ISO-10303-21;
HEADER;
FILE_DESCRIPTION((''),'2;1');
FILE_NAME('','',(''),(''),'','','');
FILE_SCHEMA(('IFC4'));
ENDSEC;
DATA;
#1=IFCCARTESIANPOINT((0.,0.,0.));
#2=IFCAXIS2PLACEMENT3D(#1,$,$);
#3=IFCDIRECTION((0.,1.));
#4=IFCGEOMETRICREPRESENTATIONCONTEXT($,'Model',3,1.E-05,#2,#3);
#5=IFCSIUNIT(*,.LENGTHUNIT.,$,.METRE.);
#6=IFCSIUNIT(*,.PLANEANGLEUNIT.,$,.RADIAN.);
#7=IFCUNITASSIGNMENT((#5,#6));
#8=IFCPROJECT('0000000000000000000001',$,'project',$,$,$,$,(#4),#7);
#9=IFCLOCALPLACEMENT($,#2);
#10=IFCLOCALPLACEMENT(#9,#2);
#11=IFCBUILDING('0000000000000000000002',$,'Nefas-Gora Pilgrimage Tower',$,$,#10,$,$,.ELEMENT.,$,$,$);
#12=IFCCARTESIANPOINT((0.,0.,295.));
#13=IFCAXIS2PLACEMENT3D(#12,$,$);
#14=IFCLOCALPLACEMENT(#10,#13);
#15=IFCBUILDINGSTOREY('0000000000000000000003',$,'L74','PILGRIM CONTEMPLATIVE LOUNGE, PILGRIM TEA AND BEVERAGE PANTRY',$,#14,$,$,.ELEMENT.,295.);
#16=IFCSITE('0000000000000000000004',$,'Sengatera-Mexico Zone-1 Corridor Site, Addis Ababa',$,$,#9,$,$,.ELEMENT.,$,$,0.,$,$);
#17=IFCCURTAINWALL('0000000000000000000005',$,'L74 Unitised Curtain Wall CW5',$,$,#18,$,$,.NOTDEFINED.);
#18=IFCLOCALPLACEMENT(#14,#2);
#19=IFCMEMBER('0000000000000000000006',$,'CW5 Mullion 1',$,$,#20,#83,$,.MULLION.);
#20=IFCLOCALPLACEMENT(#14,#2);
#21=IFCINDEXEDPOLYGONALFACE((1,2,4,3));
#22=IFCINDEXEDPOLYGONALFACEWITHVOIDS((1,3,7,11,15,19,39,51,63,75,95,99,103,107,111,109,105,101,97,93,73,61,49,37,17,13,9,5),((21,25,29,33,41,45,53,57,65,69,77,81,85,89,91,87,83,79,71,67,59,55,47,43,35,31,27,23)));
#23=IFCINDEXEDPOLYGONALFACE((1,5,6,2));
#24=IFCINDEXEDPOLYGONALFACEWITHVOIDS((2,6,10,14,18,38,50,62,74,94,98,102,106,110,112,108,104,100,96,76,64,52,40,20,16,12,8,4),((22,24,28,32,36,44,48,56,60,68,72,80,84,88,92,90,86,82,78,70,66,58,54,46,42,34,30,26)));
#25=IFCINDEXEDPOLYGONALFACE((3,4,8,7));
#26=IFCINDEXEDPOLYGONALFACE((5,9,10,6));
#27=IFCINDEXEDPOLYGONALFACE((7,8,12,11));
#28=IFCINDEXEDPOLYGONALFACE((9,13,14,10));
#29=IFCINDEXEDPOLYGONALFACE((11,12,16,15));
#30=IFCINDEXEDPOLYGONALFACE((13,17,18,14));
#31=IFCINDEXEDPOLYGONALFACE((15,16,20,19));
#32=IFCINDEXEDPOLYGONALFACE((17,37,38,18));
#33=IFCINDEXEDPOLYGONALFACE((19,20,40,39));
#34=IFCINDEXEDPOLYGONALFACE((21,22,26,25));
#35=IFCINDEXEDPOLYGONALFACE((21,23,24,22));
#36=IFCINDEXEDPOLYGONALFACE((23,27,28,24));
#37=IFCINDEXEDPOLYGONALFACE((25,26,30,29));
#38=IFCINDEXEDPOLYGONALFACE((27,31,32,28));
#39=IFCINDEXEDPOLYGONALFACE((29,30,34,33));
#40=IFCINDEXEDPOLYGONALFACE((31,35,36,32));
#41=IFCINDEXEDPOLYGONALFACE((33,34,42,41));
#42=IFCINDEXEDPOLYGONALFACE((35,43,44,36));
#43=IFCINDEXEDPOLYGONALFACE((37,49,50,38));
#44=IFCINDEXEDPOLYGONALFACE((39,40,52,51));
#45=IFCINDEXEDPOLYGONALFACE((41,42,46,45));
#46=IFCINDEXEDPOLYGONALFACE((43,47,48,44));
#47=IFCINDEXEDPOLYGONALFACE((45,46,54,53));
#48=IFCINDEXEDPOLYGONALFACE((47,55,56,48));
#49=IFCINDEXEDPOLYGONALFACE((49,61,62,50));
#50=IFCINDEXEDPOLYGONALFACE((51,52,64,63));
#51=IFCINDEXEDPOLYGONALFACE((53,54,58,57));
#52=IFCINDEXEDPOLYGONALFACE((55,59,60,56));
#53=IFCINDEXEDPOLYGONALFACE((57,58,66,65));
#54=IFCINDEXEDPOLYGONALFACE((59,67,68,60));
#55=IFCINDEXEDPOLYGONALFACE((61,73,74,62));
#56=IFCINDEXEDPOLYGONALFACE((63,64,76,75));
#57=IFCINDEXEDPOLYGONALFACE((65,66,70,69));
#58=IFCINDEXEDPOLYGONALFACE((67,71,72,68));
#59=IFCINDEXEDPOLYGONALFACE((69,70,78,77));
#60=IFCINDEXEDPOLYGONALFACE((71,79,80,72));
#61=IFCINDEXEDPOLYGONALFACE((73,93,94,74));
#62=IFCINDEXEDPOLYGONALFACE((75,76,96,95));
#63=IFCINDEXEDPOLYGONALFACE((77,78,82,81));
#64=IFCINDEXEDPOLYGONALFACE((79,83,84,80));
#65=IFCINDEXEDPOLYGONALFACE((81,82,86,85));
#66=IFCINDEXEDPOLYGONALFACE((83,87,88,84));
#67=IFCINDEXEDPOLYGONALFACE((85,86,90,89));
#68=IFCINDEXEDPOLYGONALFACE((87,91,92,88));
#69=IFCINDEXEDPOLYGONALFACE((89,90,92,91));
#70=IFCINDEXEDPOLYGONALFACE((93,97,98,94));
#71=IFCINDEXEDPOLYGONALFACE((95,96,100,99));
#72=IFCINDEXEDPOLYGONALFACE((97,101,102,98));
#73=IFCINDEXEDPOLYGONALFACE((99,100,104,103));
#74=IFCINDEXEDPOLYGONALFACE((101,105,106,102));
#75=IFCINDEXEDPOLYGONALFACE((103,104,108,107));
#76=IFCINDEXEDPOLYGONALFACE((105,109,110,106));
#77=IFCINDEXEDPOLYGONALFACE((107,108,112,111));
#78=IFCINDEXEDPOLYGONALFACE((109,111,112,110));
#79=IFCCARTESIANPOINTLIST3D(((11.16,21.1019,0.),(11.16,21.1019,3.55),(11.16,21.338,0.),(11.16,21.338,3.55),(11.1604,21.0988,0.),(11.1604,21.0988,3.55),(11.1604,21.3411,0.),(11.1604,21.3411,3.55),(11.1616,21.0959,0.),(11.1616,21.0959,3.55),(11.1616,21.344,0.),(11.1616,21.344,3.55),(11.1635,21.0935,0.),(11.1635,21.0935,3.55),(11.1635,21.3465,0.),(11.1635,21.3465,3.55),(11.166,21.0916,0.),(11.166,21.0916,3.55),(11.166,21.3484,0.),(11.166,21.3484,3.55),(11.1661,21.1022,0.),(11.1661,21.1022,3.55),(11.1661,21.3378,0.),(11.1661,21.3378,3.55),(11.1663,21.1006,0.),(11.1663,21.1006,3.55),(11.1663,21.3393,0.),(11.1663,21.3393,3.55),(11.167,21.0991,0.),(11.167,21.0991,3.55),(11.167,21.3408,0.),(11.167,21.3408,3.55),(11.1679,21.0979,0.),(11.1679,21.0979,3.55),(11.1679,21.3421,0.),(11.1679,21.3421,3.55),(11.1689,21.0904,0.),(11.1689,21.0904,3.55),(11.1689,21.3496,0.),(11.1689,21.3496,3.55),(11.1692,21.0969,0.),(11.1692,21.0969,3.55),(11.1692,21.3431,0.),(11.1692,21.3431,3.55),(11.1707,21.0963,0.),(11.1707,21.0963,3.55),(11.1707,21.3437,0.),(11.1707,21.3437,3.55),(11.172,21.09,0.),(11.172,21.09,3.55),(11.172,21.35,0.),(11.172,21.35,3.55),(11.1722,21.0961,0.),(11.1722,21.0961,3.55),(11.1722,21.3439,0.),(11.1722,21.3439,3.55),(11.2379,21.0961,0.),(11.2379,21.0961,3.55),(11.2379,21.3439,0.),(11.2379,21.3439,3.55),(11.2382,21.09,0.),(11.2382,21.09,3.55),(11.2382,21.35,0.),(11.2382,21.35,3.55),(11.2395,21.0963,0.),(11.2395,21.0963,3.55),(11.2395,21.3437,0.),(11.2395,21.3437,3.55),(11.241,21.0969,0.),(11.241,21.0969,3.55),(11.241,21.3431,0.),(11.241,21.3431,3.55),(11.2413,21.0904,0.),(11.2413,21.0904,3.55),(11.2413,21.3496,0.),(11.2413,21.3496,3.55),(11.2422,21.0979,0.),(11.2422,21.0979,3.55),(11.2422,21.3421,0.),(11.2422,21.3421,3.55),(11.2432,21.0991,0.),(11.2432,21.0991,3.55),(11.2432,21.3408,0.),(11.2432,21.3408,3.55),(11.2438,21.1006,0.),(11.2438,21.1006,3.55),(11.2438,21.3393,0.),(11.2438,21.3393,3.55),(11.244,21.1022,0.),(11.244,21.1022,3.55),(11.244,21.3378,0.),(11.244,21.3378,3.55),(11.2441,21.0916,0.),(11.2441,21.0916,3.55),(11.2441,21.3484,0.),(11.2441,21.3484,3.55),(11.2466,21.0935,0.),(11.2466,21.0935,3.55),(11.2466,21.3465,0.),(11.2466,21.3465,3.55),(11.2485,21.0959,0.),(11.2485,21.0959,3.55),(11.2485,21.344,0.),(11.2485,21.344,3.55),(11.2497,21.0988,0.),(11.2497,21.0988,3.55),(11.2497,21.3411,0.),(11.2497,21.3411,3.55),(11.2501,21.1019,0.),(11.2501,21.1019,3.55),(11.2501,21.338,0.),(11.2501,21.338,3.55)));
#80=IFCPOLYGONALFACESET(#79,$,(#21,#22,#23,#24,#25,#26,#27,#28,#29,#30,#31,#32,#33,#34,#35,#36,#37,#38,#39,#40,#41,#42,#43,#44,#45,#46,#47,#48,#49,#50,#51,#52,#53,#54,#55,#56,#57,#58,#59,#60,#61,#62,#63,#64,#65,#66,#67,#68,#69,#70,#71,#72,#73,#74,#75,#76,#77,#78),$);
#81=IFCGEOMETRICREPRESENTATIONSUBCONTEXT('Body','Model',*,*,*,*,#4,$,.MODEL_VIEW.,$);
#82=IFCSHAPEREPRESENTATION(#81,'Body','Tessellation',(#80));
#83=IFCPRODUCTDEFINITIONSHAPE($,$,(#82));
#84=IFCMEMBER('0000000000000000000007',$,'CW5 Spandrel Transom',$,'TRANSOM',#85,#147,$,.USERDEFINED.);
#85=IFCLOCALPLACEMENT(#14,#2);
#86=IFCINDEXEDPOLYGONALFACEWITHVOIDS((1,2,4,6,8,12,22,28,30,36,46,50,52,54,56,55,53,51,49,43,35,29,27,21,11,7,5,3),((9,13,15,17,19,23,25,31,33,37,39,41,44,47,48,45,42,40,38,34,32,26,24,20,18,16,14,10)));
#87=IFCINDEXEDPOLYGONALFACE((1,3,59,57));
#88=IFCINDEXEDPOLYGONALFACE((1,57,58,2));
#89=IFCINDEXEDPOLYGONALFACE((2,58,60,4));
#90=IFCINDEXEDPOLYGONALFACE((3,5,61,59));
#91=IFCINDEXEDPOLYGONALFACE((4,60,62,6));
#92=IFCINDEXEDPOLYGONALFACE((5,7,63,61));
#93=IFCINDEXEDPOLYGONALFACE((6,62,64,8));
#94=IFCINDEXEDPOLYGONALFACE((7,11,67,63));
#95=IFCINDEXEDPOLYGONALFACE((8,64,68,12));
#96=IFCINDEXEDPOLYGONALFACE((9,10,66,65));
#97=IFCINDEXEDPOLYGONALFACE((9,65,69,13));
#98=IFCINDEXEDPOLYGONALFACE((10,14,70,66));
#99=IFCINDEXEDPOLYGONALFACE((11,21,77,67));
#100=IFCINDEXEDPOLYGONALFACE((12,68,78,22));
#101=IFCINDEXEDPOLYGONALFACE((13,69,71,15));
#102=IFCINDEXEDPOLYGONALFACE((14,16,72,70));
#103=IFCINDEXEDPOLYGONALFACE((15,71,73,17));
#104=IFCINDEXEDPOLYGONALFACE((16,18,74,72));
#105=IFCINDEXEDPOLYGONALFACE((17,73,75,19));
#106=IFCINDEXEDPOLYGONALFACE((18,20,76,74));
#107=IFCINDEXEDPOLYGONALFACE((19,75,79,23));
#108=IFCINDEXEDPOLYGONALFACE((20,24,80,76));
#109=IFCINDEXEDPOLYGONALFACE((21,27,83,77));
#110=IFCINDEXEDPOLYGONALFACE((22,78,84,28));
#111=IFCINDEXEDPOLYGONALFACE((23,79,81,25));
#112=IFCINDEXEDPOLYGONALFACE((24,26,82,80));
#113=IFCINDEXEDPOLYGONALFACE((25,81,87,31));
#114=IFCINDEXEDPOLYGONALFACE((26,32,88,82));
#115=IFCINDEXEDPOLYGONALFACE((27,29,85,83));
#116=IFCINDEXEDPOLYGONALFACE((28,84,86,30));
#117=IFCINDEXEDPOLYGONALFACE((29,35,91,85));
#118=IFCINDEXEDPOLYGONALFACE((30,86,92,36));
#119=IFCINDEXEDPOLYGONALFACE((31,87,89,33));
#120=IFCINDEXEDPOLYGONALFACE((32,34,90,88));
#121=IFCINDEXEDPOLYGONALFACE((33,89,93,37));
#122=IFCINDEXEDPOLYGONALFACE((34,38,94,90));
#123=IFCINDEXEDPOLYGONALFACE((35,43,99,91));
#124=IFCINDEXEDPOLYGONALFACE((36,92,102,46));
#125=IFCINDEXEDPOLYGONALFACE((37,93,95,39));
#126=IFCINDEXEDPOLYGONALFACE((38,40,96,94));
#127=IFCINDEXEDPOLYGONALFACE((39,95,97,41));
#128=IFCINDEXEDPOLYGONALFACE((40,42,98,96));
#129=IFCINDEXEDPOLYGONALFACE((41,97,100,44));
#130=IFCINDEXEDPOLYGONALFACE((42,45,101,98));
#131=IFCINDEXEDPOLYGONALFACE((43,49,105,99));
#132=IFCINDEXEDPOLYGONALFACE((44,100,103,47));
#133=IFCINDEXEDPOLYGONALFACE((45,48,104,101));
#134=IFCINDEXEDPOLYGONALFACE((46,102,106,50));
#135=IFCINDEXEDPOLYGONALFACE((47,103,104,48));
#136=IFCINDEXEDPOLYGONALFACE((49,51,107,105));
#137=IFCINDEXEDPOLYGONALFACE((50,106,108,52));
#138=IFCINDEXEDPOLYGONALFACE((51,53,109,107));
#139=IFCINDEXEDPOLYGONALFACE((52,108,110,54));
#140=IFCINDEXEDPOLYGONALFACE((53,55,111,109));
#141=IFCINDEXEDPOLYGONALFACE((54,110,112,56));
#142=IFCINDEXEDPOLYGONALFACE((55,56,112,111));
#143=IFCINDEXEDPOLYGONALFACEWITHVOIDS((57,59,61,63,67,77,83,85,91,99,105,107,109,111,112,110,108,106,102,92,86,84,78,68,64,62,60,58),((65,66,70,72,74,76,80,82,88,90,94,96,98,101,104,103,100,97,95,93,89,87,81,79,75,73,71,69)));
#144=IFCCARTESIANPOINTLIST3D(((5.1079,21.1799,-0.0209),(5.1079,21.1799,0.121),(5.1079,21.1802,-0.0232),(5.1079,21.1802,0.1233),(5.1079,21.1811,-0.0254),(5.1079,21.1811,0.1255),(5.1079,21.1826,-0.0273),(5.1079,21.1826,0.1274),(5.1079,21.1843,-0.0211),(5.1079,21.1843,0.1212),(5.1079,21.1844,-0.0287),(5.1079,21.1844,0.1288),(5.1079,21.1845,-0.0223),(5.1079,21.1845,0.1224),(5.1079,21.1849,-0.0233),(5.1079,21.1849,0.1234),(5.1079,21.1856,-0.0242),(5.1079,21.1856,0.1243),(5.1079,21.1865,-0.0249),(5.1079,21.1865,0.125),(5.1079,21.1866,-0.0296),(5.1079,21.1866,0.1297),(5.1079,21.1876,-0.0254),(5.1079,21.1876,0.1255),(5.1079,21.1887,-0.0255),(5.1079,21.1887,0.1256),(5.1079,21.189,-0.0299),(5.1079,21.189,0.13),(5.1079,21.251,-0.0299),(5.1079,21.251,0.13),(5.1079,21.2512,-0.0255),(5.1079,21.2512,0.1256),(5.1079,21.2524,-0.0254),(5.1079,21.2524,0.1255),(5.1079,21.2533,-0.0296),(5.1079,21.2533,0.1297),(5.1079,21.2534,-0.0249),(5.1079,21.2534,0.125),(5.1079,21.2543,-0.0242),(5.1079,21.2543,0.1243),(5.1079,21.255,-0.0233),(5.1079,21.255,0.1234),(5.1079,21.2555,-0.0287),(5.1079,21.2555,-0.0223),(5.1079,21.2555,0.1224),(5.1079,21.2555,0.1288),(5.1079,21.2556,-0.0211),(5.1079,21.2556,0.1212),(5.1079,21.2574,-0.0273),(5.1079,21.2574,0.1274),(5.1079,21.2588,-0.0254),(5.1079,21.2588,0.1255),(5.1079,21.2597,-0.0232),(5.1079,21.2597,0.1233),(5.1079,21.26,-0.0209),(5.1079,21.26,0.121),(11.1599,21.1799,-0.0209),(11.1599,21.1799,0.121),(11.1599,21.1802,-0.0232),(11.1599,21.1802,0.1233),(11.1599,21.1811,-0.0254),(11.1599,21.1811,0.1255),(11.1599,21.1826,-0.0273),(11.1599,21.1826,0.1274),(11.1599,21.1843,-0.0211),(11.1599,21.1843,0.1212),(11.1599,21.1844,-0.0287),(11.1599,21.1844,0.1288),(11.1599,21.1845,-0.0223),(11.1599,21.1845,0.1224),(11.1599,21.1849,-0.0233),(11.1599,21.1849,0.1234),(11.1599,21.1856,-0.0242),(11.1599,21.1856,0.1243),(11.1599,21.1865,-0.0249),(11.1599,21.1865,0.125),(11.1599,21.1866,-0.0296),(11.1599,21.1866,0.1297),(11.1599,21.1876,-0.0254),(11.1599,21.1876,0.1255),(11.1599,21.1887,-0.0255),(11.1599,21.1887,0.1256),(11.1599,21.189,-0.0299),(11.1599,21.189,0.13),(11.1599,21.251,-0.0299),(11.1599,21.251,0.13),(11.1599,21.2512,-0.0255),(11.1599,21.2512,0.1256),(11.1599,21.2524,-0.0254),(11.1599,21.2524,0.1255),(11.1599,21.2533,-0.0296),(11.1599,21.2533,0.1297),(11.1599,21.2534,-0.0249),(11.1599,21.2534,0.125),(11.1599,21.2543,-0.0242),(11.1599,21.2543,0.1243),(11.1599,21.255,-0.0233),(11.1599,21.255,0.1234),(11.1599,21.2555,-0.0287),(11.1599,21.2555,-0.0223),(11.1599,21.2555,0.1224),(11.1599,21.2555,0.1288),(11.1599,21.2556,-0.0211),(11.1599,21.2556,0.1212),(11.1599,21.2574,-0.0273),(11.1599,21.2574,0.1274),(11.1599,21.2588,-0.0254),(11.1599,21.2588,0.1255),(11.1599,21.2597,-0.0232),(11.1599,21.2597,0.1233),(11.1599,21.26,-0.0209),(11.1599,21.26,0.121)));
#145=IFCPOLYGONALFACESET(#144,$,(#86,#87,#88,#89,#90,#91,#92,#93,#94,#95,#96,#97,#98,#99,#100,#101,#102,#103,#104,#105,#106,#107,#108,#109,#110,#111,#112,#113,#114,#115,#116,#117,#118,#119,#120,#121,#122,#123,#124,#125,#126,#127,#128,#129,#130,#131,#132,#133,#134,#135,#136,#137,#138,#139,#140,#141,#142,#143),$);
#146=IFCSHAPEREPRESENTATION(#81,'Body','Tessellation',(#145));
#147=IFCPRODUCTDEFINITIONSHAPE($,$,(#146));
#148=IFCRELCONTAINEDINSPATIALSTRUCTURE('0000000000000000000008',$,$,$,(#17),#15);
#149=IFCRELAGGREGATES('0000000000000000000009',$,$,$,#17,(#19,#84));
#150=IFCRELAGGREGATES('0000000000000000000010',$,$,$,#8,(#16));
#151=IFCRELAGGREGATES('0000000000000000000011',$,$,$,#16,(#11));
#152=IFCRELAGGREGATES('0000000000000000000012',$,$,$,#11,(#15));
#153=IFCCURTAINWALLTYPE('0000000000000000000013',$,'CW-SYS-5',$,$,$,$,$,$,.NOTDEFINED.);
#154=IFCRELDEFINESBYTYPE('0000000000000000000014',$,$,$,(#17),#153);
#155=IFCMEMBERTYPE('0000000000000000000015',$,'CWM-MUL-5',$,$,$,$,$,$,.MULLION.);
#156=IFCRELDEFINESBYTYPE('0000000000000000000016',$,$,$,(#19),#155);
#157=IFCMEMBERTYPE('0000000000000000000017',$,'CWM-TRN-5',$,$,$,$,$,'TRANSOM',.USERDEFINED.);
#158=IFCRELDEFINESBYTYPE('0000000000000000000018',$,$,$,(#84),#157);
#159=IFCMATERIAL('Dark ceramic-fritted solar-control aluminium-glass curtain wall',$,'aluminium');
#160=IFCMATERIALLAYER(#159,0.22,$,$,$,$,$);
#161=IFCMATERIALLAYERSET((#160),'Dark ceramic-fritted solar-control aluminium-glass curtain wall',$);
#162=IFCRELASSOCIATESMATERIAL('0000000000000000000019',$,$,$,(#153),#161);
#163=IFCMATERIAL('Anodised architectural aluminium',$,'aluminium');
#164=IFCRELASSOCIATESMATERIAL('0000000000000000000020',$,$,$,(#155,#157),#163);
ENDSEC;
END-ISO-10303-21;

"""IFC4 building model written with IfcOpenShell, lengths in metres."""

from ifc_helpers import new_model, si_unit, direction, frame, origin, origin_2d, place, context, subcontext, project, spatial, hollow_rectangle, extrude, source, transform, mapped, material, layer, layer_set, material_profile, profile_set, type_object, element, aggregate, save


model = new_model("IFC4")

# Units and contexts
model_context = context("Model", 3, precision=1e-05, world=origin(), true_north=direction((0.0, 1.0)))
body_context = subcontext(model_context, "Body", "Model", "MODEL_VIEW")
ifc_project = project(units=[si_unit("LENGTHUNIT", "METRE"), si_unit("PLANEANGLEUNIT", "RADIAN")], contexts=[model_context])

# Site, building, storey
site_placement = place(None, origin())
site = spatial("IfcSite", under=ifc_project, at=site_placement, Name="Sengatera-Mexico Zone-1 Corridor Site, Addis Ababa", CompositionType="ELEMENT", RefElevation=0.0)
building_placement = place(site_placement, origin())
building = spatial("IfcBuilding", under=site, at=building_placement, Name="Nefas-Gora Pilgrimage Tower", CompositionType="ELEMENT")
storey_placement = place(building_placement, frame((0.0, 0.0, 295.0)))
storey = spatial("IfcBuildingStorey", under=building, at=storey_placement, Name="L74", Description="PILGRIM CONTEMPLATIVE LOUNGE, PILGRIM TEA AND BEVERAGE PANTRY", CompositionType="ELEMENT", Elevation=295.0)

# Curtain wall, members
ifc_material_1 = material(Name="Dark ceramic-fritted solar-control aluminium-glass curtain wall", Category="aluminium")
ifc_layer_1 = layer(ifc_material_1, 0.22)
ifc_layer_set_1 = layer_set([ifc_layer_1], Name="Dark ceramic-fritted solar-control aluminium-glass curtain wall")
curtain_wall_type_1 = type_object("IfcCurtainWallType", Name="CW-SYS-5", PredefinedType="NOTDEFINED", material=ifc_layer_set_1)
curtain_wall_1_placement = place(storey_placement, origin())
curtain_wall_1 = element("IfcCurtainWall", 1, at=curtain_wall_1_placement, inside=storey, type_object=curtain_wall_type_1, Name="L74 Unitised Curtain Wall CW5", PredefinedType="NOTDEFINED")
ifc_material_2 = material(Name="Anodised architectural aluminium", Category="aluminium")
ifc_material_profile_1 = material_profile(ifc_material_2, hollow_rectangle(XDim=0.0901, YDim=0.26, WallThickness=0.0061, InnerFilletRadius=0.0061, OuterFilletRadius=0.012, at=origin_2d()), Name="ALU MULLION 90x260")
ifc_profile_set_1 = profile_set([ifc_material_profile_1], Name="Anodised architectural aluminium")
member_type_1 = type_object("IfcMemberType", Name="CWM-MUL-5", PredefinedType="MULLION", material=ifc_profile_set_1)
shared_shape_1 = source(origin(), body_context, "Body", "SweptSolid", [
    extrude(hollow_rectangle(XDim=0.0901, YDim=0.26, WallThickness=0.0061, InnerFilletRadius=0.0061, OuterFilletRadius=0.012, at=origin_2d()), origin(), (0.0, 0.0, 1.0), 3.55),
])
member_1_placement = place(storey_placement, frame((11.2051, 21.22, 0.0), z_axis=(0.0, 0.0, 1.0), x_axis=(-1.0, 0.0, 0.0)))
member_1 = element("IfcMember", 2, at=member_1_placement, type_object=member_type_1, Name="CW5 Mullion 1", PredefinedType="MULLION", context=body_context, shape_type="MappedRepresentation", body=[
    mapped(shared_shape_1, transform((0.0, 0.0, 0.0), x_axis=(1.0, 0.0, 0.0), y_axis=(0.0, 1.0, 0.0), z_axis=(0.0, 0.0, 1.0), scale=1.0)),
])
ifc_material_profile_2 = material_profile(ifc_material_2, hollow_rectangle(XDim=0.0801, YDim=0.1599, WallThickness=0.0044, InnerFilletRadius=0.0044, OuterFilletRadius=0.009, at=origin_2d()), Name="ALU TRANSOM 80x160")
ifc_profile_set_2 = profile_set([ifc_material_profile_2], Name="Anodised architectural aluminium")
member_type_2 = type_object("IfcMemberType", Name="CWM-TRN-5", ElementType="TRANSOM", PredefinedType="USERDEFINED", material=ifc_profile_set_2)
shared_shape_2 = source(origin(), body_context, "Body", "SweptSolid", [
    extrude(hollow_rectangle(XDim=0.0801, YDim=0.1599, WallThickness=0.0044, InnerFilletRadius=0.0044, OuterFilletRadius=0.009, at=origin_2d()), origin(), (0.0, 0.0, 1.0), 6.052),
])
member_2_placement = place(storey_placement, frame((11.1599, 21.22, 0.05), z_axis=(-1.0, 0.0, 0.0), x_axis=(0.0, -1.0, 0.0)))
member_2 = element("IfcMember", 3, at=member_2_placement, type_object=member_type_2, Name="CW5 Spandrel Transom", ObjectType="TRANSOM", PredefinedType="USERDEFINED", context=body_context, shape_type="MappedRepresentation", body=[
    mapped(shared_shape_2, transform((0.0, 0.0, 0.0), x_axis=(1.0, 0.0, 0.0), y_axis=(0.0, 1.0, 0.0), z_axis=(0.0, 0.0, 1.0), scale=1.0)),
])

aggregate(curtain_wall_1, [member_1, member_2])

save(model, "model.ifc")
